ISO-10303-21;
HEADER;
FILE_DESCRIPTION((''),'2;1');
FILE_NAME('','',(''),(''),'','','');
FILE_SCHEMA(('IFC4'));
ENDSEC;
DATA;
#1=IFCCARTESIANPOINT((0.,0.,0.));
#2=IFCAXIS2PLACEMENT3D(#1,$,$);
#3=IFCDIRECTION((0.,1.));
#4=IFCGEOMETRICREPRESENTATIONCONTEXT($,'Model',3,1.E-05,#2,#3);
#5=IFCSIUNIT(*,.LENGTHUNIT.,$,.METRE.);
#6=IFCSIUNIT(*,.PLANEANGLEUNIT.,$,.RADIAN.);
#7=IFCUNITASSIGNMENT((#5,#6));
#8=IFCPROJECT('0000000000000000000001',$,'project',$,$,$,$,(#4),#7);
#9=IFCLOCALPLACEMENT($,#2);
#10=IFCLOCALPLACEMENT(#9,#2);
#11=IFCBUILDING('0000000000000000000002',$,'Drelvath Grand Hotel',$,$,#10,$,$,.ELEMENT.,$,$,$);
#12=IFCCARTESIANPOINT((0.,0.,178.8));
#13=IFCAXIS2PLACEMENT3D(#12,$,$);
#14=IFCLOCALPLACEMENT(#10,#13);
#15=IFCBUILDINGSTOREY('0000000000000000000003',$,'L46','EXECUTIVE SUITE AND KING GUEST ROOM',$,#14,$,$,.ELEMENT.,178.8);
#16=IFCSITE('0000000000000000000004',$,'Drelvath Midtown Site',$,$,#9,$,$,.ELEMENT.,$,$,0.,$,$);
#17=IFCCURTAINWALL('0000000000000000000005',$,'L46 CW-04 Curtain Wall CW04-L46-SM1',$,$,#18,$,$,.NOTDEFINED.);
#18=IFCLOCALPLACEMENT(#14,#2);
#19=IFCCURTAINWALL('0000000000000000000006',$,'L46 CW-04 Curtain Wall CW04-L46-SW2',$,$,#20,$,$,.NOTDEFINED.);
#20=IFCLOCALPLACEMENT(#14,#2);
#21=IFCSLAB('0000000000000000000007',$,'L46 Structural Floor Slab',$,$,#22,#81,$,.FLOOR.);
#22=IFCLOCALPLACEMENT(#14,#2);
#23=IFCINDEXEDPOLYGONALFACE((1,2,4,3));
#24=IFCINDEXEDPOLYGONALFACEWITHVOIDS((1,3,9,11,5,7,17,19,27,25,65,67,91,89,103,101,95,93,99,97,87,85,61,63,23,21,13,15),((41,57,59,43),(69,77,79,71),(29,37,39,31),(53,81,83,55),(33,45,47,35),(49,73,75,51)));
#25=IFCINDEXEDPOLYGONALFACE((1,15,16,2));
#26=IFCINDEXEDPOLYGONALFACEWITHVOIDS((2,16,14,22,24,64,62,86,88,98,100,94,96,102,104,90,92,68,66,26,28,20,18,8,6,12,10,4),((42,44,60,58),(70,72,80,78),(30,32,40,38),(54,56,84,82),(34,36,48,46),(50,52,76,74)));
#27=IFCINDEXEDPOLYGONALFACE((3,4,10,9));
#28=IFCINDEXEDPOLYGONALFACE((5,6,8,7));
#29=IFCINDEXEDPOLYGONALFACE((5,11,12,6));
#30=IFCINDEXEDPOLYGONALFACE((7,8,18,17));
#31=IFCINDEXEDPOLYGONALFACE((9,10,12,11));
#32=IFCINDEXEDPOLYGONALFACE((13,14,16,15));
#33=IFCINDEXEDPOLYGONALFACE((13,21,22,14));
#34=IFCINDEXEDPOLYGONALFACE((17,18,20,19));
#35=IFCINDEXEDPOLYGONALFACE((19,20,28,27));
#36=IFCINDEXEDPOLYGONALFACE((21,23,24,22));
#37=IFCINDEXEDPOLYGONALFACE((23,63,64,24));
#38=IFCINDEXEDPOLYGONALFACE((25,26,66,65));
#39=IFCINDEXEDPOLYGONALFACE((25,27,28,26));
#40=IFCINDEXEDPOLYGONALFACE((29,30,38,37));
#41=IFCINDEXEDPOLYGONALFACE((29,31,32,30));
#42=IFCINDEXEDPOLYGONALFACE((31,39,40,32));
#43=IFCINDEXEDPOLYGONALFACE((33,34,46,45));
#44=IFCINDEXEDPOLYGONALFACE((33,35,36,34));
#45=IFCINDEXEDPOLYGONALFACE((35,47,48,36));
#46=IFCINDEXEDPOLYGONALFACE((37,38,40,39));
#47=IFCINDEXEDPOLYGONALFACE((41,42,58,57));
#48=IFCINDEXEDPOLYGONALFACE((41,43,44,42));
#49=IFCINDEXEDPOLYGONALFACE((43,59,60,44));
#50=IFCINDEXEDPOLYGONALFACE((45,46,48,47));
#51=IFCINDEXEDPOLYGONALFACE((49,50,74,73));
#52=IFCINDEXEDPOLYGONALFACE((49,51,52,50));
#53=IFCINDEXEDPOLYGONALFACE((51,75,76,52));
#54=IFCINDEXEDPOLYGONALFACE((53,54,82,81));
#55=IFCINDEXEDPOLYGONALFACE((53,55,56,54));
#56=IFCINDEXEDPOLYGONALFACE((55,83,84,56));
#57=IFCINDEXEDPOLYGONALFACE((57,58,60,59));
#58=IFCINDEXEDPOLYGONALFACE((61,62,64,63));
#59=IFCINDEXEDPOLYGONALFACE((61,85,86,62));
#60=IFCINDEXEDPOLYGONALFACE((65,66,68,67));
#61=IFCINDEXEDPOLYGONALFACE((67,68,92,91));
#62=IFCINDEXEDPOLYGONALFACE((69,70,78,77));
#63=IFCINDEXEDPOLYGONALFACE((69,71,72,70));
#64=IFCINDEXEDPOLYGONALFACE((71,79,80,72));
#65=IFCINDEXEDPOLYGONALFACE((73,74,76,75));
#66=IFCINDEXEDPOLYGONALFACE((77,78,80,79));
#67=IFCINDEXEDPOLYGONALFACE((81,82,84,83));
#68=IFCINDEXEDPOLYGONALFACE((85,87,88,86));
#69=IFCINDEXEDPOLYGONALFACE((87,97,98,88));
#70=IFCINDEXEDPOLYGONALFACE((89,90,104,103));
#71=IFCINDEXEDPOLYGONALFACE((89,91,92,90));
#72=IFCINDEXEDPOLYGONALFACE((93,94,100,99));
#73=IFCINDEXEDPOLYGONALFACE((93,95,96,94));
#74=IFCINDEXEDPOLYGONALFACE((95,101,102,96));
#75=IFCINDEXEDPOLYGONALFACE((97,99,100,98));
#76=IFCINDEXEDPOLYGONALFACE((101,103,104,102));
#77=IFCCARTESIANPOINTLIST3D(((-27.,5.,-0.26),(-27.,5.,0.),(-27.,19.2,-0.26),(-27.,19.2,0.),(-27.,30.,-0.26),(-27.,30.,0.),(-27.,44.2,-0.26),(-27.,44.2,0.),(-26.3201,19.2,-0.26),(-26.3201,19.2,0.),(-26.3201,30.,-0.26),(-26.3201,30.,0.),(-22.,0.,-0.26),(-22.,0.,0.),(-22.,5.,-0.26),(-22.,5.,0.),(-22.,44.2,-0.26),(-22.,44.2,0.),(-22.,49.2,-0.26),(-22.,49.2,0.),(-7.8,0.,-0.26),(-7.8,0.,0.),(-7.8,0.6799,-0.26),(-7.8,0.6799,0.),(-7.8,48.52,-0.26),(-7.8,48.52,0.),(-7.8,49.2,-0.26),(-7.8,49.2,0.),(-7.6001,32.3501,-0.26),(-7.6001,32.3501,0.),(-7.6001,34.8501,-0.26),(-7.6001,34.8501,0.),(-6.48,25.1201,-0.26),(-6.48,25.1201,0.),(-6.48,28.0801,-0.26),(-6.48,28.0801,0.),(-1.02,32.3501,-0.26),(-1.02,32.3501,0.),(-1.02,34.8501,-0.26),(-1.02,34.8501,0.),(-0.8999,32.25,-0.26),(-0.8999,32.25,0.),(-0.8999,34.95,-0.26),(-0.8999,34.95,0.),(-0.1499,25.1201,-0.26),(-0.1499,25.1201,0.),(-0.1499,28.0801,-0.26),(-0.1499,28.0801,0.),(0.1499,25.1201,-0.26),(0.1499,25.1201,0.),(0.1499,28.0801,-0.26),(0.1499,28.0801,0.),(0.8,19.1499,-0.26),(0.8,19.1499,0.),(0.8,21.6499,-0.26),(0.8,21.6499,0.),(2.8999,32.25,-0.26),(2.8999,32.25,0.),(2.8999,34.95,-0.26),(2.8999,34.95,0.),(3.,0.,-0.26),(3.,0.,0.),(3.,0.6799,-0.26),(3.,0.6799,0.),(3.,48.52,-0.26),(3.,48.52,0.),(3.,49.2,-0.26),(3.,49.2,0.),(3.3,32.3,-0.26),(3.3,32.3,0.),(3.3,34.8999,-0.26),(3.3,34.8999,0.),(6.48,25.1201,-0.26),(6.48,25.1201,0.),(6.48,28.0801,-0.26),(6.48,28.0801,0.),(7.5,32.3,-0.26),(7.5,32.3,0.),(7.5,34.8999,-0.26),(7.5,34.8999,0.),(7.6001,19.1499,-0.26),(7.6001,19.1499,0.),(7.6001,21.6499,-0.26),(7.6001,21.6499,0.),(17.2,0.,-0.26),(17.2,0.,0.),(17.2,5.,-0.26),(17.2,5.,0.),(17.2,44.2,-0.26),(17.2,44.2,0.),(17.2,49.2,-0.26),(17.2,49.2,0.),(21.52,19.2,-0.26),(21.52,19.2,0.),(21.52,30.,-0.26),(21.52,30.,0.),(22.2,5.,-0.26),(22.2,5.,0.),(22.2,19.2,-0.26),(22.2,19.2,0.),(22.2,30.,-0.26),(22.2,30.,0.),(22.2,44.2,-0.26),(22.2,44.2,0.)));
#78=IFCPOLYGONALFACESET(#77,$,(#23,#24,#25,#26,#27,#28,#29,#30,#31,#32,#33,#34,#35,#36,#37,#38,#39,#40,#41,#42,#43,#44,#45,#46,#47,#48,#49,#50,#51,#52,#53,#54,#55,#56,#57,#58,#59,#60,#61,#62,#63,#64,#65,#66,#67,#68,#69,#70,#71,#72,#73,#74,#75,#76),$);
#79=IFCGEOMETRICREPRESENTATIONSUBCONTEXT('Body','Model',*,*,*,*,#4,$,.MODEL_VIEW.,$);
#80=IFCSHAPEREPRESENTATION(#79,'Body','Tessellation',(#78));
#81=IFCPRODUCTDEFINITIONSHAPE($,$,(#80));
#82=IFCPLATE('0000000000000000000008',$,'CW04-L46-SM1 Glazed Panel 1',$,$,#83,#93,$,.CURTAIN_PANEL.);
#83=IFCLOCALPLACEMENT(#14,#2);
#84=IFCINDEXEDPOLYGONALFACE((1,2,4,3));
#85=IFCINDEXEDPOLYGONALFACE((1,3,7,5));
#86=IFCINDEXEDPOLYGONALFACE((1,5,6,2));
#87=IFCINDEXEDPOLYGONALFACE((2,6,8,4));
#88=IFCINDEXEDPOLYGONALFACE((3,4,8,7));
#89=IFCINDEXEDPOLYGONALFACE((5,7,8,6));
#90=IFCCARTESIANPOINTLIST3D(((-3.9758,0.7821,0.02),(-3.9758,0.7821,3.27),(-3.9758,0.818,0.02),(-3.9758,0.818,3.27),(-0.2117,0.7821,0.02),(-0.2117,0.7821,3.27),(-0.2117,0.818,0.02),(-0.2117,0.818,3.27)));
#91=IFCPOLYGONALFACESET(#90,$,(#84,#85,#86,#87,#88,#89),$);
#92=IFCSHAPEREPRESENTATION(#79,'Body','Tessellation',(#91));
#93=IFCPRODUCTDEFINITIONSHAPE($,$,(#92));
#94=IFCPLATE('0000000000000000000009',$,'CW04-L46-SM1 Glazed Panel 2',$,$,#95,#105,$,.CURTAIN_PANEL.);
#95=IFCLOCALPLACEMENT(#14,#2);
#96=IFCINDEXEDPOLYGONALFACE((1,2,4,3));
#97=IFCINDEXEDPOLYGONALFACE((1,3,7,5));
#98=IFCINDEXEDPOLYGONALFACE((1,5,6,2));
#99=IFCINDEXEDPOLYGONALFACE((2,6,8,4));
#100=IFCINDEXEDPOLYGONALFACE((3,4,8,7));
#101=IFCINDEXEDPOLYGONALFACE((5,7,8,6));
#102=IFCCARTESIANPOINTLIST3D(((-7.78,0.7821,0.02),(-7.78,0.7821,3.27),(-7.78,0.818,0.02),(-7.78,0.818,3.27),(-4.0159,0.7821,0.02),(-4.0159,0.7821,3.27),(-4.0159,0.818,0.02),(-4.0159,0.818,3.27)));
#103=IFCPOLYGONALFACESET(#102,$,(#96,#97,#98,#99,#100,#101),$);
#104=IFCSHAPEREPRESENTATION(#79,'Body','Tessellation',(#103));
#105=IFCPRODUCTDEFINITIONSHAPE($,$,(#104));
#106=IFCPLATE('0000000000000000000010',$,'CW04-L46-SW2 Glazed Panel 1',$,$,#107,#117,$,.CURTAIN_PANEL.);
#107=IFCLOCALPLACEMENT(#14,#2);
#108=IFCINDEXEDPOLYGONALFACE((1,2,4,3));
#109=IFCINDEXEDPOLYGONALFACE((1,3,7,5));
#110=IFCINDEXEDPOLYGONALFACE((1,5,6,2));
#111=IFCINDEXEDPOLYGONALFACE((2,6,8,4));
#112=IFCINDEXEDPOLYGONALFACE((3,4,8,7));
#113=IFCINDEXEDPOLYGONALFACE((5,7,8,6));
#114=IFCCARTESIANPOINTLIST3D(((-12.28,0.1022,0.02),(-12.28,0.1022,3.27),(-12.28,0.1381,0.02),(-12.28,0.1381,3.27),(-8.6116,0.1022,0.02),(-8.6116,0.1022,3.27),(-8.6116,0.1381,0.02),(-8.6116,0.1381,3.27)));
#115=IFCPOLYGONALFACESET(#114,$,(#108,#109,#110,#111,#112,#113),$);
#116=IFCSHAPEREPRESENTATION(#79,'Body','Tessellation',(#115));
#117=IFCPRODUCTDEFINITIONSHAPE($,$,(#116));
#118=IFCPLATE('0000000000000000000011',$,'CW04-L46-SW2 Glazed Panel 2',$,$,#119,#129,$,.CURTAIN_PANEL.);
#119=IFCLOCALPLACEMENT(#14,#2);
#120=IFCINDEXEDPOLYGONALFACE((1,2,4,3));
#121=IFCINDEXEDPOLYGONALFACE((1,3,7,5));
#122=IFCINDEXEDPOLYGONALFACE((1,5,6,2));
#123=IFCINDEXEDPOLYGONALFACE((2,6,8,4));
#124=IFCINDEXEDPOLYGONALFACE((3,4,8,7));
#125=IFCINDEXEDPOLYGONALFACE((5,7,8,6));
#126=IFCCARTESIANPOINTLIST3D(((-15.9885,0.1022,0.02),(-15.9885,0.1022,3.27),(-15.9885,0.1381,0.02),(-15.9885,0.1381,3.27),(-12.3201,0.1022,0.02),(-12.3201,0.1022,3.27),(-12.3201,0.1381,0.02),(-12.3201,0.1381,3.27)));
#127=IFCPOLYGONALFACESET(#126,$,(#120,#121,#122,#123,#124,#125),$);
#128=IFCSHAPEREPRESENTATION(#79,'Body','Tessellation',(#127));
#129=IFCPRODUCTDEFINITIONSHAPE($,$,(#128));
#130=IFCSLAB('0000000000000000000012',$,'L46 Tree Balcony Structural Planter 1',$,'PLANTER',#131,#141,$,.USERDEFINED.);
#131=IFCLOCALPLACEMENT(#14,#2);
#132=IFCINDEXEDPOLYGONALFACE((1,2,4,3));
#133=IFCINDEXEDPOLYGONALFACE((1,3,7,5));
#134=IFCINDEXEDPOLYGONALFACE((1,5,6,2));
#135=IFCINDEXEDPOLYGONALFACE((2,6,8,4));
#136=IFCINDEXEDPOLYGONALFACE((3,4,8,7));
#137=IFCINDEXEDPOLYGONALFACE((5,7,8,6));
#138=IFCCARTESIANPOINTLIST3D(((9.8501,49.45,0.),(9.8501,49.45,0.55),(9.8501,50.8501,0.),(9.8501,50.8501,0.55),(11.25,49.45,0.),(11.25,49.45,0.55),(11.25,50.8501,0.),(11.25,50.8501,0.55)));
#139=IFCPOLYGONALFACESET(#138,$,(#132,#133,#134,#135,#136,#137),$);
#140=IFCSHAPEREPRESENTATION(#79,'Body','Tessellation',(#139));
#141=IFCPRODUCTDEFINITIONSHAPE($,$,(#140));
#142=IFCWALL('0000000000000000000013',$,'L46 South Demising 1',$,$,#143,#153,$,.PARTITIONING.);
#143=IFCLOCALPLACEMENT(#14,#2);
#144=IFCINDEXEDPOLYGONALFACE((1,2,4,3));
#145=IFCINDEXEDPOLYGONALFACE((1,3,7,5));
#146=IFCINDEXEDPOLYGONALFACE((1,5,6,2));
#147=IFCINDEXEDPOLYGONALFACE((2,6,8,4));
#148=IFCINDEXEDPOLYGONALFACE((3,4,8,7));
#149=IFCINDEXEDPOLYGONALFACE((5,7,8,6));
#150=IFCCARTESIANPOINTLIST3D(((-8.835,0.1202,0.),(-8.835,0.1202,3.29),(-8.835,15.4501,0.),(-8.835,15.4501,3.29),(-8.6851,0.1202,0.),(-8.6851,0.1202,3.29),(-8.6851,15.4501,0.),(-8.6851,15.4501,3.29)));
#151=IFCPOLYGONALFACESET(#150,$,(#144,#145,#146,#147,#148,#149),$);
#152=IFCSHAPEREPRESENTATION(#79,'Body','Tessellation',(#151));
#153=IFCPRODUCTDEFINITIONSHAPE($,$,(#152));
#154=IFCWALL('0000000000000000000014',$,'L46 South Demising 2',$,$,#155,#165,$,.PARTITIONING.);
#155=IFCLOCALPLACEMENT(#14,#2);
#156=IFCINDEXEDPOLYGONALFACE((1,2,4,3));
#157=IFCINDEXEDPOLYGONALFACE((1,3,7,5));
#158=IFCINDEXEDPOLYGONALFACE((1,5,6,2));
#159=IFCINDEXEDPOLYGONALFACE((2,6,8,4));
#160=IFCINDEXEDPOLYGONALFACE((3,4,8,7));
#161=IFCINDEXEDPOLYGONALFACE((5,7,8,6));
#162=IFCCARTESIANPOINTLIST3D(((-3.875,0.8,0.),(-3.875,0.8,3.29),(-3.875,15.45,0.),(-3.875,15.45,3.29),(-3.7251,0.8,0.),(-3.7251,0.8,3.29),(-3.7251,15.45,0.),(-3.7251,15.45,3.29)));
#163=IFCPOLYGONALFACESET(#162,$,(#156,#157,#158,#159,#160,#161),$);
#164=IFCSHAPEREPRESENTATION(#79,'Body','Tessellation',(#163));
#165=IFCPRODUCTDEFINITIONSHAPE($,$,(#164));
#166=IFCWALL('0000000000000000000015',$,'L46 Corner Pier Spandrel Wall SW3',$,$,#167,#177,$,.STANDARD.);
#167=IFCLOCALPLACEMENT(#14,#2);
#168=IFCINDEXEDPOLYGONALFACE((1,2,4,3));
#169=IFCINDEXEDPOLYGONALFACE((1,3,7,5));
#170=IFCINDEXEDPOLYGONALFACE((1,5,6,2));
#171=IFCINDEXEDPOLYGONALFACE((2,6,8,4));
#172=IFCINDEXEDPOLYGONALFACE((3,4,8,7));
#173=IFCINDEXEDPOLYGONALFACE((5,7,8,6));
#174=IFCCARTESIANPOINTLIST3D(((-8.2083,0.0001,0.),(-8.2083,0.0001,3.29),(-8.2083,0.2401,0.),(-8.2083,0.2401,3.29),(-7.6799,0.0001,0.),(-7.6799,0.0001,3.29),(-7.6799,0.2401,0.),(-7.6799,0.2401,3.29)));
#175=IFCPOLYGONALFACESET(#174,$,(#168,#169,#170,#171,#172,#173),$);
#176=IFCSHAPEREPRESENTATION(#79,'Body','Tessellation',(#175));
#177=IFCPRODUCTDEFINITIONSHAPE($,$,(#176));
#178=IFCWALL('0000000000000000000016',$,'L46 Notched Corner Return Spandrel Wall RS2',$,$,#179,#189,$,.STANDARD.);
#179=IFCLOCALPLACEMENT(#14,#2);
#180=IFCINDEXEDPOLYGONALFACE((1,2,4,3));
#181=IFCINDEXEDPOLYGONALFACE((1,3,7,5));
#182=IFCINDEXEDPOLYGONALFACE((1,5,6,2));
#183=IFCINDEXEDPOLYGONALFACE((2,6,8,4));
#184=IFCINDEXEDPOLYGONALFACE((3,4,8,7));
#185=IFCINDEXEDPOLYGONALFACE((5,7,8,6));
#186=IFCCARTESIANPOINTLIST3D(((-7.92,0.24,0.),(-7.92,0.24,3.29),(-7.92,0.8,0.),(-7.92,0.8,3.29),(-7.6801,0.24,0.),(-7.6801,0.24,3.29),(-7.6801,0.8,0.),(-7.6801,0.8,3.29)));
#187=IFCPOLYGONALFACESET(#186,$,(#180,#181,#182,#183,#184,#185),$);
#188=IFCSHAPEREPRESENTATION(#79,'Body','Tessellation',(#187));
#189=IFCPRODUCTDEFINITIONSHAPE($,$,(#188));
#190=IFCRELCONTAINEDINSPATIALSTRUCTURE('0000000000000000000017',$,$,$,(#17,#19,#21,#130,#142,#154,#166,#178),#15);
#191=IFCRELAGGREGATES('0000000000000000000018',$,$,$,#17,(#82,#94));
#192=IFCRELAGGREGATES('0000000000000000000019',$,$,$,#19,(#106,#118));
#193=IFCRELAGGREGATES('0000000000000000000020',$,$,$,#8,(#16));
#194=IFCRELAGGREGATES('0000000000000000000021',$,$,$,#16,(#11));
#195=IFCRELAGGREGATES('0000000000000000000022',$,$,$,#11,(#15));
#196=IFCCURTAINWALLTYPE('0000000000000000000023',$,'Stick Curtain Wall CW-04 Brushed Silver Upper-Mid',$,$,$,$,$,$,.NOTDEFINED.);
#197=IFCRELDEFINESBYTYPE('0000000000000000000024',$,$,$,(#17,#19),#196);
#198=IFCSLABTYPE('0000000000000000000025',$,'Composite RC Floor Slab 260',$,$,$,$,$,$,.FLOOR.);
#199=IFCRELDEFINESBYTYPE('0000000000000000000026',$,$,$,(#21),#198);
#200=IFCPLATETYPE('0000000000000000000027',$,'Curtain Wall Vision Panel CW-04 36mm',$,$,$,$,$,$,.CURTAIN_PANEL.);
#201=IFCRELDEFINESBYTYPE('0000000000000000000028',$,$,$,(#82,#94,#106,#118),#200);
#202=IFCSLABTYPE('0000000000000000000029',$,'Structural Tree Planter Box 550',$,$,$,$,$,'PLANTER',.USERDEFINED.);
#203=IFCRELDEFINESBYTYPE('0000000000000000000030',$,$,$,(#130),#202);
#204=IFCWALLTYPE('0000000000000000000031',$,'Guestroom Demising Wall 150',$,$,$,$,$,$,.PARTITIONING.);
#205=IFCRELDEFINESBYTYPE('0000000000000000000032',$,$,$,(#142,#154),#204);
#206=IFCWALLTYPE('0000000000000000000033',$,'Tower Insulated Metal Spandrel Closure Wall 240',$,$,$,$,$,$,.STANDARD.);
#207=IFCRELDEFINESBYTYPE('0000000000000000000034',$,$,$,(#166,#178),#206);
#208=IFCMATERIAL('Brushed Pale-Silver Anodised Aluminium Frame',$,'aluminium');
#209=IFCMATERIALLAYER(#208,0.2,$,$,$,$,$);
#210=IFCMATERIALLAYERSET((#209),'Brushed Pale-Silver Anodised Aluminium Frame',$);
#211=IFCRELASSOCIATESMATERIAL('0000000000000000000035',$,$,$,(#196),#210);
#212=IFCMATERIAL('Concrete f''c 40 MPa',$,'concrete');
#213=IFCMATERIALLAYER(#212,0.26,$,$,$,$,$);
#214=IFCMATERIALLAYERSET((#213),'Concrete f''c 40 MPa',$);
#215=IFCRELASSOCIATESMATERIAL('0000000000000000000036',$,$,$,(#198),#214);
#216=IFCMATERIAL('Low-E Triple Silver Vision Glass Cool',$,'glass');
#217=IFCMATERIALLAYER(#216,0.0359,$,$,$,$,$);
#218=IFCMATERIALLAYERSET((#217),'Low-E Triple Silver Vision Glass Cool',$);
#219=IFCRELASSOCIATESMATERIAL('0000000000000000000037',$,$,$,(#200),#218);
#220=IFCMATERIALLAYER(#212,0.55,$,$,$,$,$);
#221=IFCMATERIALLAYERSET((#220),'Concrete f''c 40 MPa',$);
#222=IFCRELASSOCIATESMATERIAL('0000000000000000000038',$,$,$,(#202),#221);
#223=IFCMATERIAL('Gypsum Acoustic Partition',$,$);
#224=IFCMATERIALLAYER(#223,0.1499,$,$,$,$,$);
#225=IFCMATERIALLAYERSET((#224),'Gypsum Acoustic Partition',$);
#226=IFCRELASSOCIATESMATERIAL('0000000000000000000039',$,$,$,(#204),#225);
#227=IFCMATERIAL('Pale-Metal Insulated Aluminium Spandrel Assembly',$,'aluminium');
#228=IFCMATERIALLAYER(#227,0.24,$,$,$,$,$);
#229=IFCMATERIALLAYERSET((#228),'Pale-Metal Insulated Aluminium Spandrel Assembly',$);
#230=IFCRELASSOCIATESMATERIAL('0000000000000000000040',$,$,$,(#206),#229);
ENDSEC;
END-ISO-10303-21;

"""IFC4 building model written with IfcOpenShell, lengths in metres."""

from ifc_helpers import new_model, si_unit, direction, frame, frame_2d, origin, origin_2d, place, context, subcontext, project, spatial, polyline, rectangle, outline, extrude, material, layer, layer_set, type_object, element, aggregate, save


model = new_model("IFC4")

# Units and contexts
model_context = context("Model", 3, precision=1e-05, world=origin(), true_north=direction((0.0, 1.0)))
body_context = subcontext(model_context, "Body", "Model", "MODEL_VIEW")
ifc_project = project(units=[si_unit("LENGTHUNIT", "METRE"), si_unit("PLANEANGLEUNIT", "RADIAN")], contexts=[model_context])

# Site, building, storey
site_placement = place(None, origin())
site = spatial("IfcSite", under=ifc_project, at=site_placement, Name="Drelvath Midtown Site", CompositionType="ELEMENT", RefElevation=0.0)
building_placement = place(site_placement, origin())
building = spatial("IfcBuilding", under=site, at=building_placement, Name="Drelvath Grand Hotel", CompositionType="ELEMENT")
storey_placement = place(building_placement, frame((0.0, 0.0, 178.8)))
storey = spatial("IfcBuildingStorey", under=building, at=storey_placement, Name="L46", Description="EXECUTIVE SUITE AND KING GUEST ROOM", CompositionType="ELEMENT", Elevation=178.8)

# Curtain walls
ifc_material_1 = material(Name="Brushed Pale-Silver Anodised Aluminium Frame", Category="aluminium")
ifc_layer_1 = layer(ifc_material_1, 0.2)
ifc_layer_set_1 = layer_set([ifc_layer_1], Name="Brushed Pale-Silver Anodised Aluminium Frame")
curtain_wall_type = type_object("IfcCurtainWallType", Name="Stick Curtain Wall CW-04 Brushed Silver Upper-Mid", PredefinedType="NOTDEFINED", material=ifc_layer_set_1)
curtain_wall_1_placement = place(storey_placement, origin())
curtain_wall_1 = element("IfcCurtainWall", 1, at=curtain_wall_1_placement, inside=storey, type_object=curtain_wall_type, Name="L46 CW-04 Curtain Wall CW04-L46-SM1", PredefinedType="NOTDEFINED")
curtain_wall_2_placement = place(storey_placement, origin())
curtain_wall_2 = element("IfcCurtainWall", 2, at=curtain_wall_2_placement, inside=storey, type_object=curtain_wall_type, Name="L46 CW-04 Curtain Wall CW04-L46-SW2", PredefinedType="NOTDEFINED")

# Slab
ifc_material_2 = material(Name="Concrete f'c 40 MPa", Category="concrete")
ifc_layer_2 = layer(ifc_material_2, 0.26)
ifc_layer_set_2 = layer_set([ifc_layer_2], Name="Concrete f'c 40 MPa")
slab_type_1 = type_object("IfcSlabType", Name="Composite RC Floor Slab 260", PredefinedType="FLOOR", material=ifc_layer_set_2)
slab_1_placement = place(storey_placement, frame((0.0, 0.0, -0.26)))
element("IfcSlab", 3, at=slab_1_placement, inside=storey, type_object=slab_type_1, Name="L46 Structural Floor Slab", PredefinedType="FLOOR", context=body_context, shape_type="SweptSolid", body=[
    extrude(outline(polyline([(-22.0, 0.0), (-7.8, 0.0), (-7.8, 0.6799), (3.0, 0.6799), (3.0, 0.0), (17.2, 0.0), (17.2, 5.0), (22.2, 5.0), (22.2, 19.2), (21.52, 19.2), (21.52, 30.0), (22.2, 30.0), (22.2, 44.2), (17.2, 44.2), (17.2, 49.2), (3.0, 49.2), (3.0, 48.52), (-7.8, 48.52), (-7.8, 49.2), (-22.0, 49.2), (-22.0, 44.2), (-27.0, 44.2), (-27.0, 30.0), (-26.3201, 30.0), (-26.3201, 19.2), (-27.0, 19.2), (-27.0, 5.0), (-22.0, 5.0), (-22.0, 0.0)]), holes=[polyline([(-6.48, 25.1201), (-6.48, 28.0801), (-0.1499, 28.0801), (-0.1499, 25.1201), (-6.48, 25.1201)]), polyline([(0.1499, 25.1201), (0.1499, 28.0801), (6.48, 28.0801), (6.48, 25.1201), (0.1499, 25.1201)]), polyline([(0.8, 19.1499), (0.8, 21.6499), (7.6001, 21.6499), (7.6001, 19.1499), (0.8, 19.1499)]), polyline([(-7.6001, 32.3501), (-7.6001, 34.8501), (-1.02, 34.8501), (-1.02, 32.3501), (-7.6001, 32.3501)]), polyline([(-0.8999, 32.25), (-0.8999, 34.95), (2.8999, 34.95), (2.8999, 32.25), (-0.8999, 32.25)]), polyline([(3.3, 32.3), (3.3, 34.8999), (7.5, 34.8999), (7.5, 32.3), (3.3, 32.3)])]), origin(), (0.0, 0.0, 1.0), 0.26),
])

# Plates
ifc_material_3 = material(Name="Low-E Triple Silver Vision Glass Cool", Category="glass")
ifc_layer_3 = layer(ifc_material_3, 0.0359)
ifc_layer_set_3 = layer_set([ifc_layer_3], Name="Low-E Triple Silver Vision Glass Cool")
plate_type = type_object("IfcPlateType", Name="Curtain Wall Vision Panel CW-04 36mm", PredefinedType="CURTAIN_PANEL", material=ifc_layer_set_3)
plate_1_placement = place(storey_placement, frame((-2.0938, 0.8, 0.02), z_axis=(0.0, 0.0, 1.0), x_axis=(-1.0, 0.0, 0.0)))
plate_1 = element("IfcPlate", 4, at=plate_1_placement, type_object=plate_type, Name="CW04-L46-SM1 Glazed Panel 1", PredefinedType="CURTAIN_PANEL", context=body_context, shape_type="SweptSolid", body=[
    extrude(rectangle(XDim=3.7642, YDim=0.0359, at=origin_2d()), origin(), (0.0, 0.0, 1.0), 3.25),
])
plate_2_placement = place(storey_placement, frame((-5.8979, 0.8, 0.02), z_axis=(0.0, 0.0, 1.0), x_axis=(-1.0, 0.0, 0.0)))
plate_2 = element("IfcPlate", 5, at=plate_2_placement, type_object=plate_type, Name="CW04-L46-SM1 Glazed Panel 2", PredefinedType="CURTAIN_PANEL", context=body_context, shape_type="SweptSolid", body=[
    extrude(rectangle(XDim=3.7642, YDim=0.0359, at=origin_2d()), origin(), (0.0, 0.0, 1.0), 3.25),
])
aggregate(curtain_wall_1, [plate_1, plate_2])
plate_3_placement = place(storey_placement, frame((-10.4458, 0.1201, 0.02), z_axis=(0.0, 0.0, 1.0), x_axis=(-1.0, 0.0, 0.0)))
plate_3 = element("IfcPlate", 6, at=plate_3_placement, type_object=plate_type, Name="CW04-L46-SW2 Glazed Panel 1", PredefinedType="CURTAIN_PANEL", context=body_context, shape_type="SweptSolid", body=[
    extrude(rectangle(XDim=3.6685, YDim=0.0359, at=origin_2d()), origin(), (0.0, 0.0, 1.0), 3.25),
])
plate_4_placement = place(storey_placement, frame((-14.1543, 0.1201, 0.02), z_axis=(0.0, 0.0, 1.0), x_axis=(-1.0, 0.0, 0.0)))
plate_4 = element("IfcPlate", 7, at=plate_4_placement, type_object=plate_type, Name="CW04-L46-SW2 Glazed Panel 2", PredefinedType="CURTAIN_PANEL", context=body_context, shape_type="SweptSolid", body=[
    extrude(rectangle(XDim=3.6685, YDim=0.0359, at=origin_2d()), origin(), (0.0, 0.0, 1.0), 3.25),
])
aggregate(curtain_wall_2, [plate_3, plate_4])

# Slab
ifc_layer_4 = layer(ifc_material_2, 0.55)
ifc_layer_set_4 = layer_set([ifc_layer_4], Name="Concrete f'c 40 MPa")
slab_type_2 = type_object("IfcSlabType", Name="Structural Tree Planter Box 550", ElementType="PLANTER", PredefinedType="USERDEFINED", material=ifc_layer_set_4)
slab_2_placement = place(storey_placement, origin())
element("IfcSlab", 8, at=slab_2_placement, inside=storey, type_object=slab_type_2, Name="L46 Tree Balcony Structural Planter 1", ObjectType="PLANTER", PredefinedType="USERDEFINED", context=body_context, shape_type="SweptSolid", body=[
    extrude(outline(polyline([(9.8501, 49.45), (11.25, 49.45), (11.25, 50.8501), (9.8501, 50.8501), (9.8501, 49.45)])), origin(), (0.0, 0.0, 1.0), 0.55),
])

# Walls
ifc_material_4 = material(Name="Gypsum Acoustic Partition")
ifc_layer_5 = layer(ifc_material_4, 0.1499)
ifc_layer_set_5 = layer_set([ifc_layer_5], Name="Gypsum Acoustic Partition")
wall_type_1 = type_object("IfcWallType", Name="Guestroom Demising Wall 150", PredefinedType="PARTITIONING", material=ifc_layer_set_5)
wall_1_placement = place(storey_placement, frame((-8.76, 0.1201, 0.0), z_axis=(0.0, 0.0, 1.0), x_axis=(0.0, 1.0, 0.0)))
element("IfcWall", 9, at=wall_1_placement, inside=storey, type_object=wall_type_1, Name="L46 South Demising 1", PredefinedType="PARTITIONING", context=body_context, shape_type="SweptSolid", body=[
    extrude(rectangle(XDim=15.3298, YDim=0.1499, at=frame_2d((7.665, 0.0))), origin(), (0.0, 0.0, 1.0), 3.29),
])
wall_2_placement = place(storey_placement, frame((-3.8, 0.8, 0.0), z_axis=(0.0, 0.0, 1.0), x_axis=(0.0, 1.0, 0.0)))
element("IfcWall", 10, at=wall_2_placement, inside=storey, type_object=wall_type_1, Name="L46 South Demising 2", PredefinedType="PARTITIONING", context=body_context, shape_type="SweptSolid", body=[
    extrude(rectangle(XDim=14.6499, YDim=0.1499, at=frame_2d((7.325, 0.0))), origin(), (0.0, 0.0, 1.0), 3.29),
])
ifc_material_5 = material(Name="Pale-Metal Insulated Aluminium Spandrel Assembly", Category="aluminium")
ifc_layer_6 = layer(ifc_material_5, 0.24)
ifc_layer_set_6 = layer_set([ifc_layer_6], Name="Pale-Metal Insulated Aluminium Spandrel Assembly")
wall_type_2 = type_object("IfcWallType", Name="Tower Insulated Metal Spandrel Closure Wall 240", PredefinedType="STANDARD", material=ifc_layer_set_6)
wall_3_placement = place(storey_placement, frame((-7.6799, 0.1201, 0.0), z_axis=(0.0, 0.0, 1.0), x_axis=(-1.0, 0.0, 0.0)))
element("IfcWall", 11, at=wall_3_placement, inside=storey, type_object=wall_type_2, Name="L46 Corner Pier Spandrel Wall SW3", PredefinedType="STANDARD", context=body_context, shape_type="SweptSolid", body=[
    extrude(rectangle(XDim=0.5283, YDim=0.24, at=frame_2d((0.2642, 0.0))), origin(), (0.0, 0.0, 1.0), 3.29),
])
wall_4_placement = place(storey_placement, frame((-7.8, 0.8, 0.0), z_axis=(0.0, 0.0, 1.0), x_axis=(0.0, -1.0, 0.0)))
element("IfcWall", 12, at=wall_4_placement, inside=storey, type_object=wall_type_2, Name="L46 Notched Corner Return Spandrel Wall RS2", PredefinedType="STANDARD", context=body_context, shape_type="SweptSolid", body=[
    extrude(rectangle(XDim=0.5601, YDim=0.24, at=frame_2d((0.28, 0.0))), origin(), (0.0, 0.0, 1.0), 3.29),
])

save(model, "model.ifc")
